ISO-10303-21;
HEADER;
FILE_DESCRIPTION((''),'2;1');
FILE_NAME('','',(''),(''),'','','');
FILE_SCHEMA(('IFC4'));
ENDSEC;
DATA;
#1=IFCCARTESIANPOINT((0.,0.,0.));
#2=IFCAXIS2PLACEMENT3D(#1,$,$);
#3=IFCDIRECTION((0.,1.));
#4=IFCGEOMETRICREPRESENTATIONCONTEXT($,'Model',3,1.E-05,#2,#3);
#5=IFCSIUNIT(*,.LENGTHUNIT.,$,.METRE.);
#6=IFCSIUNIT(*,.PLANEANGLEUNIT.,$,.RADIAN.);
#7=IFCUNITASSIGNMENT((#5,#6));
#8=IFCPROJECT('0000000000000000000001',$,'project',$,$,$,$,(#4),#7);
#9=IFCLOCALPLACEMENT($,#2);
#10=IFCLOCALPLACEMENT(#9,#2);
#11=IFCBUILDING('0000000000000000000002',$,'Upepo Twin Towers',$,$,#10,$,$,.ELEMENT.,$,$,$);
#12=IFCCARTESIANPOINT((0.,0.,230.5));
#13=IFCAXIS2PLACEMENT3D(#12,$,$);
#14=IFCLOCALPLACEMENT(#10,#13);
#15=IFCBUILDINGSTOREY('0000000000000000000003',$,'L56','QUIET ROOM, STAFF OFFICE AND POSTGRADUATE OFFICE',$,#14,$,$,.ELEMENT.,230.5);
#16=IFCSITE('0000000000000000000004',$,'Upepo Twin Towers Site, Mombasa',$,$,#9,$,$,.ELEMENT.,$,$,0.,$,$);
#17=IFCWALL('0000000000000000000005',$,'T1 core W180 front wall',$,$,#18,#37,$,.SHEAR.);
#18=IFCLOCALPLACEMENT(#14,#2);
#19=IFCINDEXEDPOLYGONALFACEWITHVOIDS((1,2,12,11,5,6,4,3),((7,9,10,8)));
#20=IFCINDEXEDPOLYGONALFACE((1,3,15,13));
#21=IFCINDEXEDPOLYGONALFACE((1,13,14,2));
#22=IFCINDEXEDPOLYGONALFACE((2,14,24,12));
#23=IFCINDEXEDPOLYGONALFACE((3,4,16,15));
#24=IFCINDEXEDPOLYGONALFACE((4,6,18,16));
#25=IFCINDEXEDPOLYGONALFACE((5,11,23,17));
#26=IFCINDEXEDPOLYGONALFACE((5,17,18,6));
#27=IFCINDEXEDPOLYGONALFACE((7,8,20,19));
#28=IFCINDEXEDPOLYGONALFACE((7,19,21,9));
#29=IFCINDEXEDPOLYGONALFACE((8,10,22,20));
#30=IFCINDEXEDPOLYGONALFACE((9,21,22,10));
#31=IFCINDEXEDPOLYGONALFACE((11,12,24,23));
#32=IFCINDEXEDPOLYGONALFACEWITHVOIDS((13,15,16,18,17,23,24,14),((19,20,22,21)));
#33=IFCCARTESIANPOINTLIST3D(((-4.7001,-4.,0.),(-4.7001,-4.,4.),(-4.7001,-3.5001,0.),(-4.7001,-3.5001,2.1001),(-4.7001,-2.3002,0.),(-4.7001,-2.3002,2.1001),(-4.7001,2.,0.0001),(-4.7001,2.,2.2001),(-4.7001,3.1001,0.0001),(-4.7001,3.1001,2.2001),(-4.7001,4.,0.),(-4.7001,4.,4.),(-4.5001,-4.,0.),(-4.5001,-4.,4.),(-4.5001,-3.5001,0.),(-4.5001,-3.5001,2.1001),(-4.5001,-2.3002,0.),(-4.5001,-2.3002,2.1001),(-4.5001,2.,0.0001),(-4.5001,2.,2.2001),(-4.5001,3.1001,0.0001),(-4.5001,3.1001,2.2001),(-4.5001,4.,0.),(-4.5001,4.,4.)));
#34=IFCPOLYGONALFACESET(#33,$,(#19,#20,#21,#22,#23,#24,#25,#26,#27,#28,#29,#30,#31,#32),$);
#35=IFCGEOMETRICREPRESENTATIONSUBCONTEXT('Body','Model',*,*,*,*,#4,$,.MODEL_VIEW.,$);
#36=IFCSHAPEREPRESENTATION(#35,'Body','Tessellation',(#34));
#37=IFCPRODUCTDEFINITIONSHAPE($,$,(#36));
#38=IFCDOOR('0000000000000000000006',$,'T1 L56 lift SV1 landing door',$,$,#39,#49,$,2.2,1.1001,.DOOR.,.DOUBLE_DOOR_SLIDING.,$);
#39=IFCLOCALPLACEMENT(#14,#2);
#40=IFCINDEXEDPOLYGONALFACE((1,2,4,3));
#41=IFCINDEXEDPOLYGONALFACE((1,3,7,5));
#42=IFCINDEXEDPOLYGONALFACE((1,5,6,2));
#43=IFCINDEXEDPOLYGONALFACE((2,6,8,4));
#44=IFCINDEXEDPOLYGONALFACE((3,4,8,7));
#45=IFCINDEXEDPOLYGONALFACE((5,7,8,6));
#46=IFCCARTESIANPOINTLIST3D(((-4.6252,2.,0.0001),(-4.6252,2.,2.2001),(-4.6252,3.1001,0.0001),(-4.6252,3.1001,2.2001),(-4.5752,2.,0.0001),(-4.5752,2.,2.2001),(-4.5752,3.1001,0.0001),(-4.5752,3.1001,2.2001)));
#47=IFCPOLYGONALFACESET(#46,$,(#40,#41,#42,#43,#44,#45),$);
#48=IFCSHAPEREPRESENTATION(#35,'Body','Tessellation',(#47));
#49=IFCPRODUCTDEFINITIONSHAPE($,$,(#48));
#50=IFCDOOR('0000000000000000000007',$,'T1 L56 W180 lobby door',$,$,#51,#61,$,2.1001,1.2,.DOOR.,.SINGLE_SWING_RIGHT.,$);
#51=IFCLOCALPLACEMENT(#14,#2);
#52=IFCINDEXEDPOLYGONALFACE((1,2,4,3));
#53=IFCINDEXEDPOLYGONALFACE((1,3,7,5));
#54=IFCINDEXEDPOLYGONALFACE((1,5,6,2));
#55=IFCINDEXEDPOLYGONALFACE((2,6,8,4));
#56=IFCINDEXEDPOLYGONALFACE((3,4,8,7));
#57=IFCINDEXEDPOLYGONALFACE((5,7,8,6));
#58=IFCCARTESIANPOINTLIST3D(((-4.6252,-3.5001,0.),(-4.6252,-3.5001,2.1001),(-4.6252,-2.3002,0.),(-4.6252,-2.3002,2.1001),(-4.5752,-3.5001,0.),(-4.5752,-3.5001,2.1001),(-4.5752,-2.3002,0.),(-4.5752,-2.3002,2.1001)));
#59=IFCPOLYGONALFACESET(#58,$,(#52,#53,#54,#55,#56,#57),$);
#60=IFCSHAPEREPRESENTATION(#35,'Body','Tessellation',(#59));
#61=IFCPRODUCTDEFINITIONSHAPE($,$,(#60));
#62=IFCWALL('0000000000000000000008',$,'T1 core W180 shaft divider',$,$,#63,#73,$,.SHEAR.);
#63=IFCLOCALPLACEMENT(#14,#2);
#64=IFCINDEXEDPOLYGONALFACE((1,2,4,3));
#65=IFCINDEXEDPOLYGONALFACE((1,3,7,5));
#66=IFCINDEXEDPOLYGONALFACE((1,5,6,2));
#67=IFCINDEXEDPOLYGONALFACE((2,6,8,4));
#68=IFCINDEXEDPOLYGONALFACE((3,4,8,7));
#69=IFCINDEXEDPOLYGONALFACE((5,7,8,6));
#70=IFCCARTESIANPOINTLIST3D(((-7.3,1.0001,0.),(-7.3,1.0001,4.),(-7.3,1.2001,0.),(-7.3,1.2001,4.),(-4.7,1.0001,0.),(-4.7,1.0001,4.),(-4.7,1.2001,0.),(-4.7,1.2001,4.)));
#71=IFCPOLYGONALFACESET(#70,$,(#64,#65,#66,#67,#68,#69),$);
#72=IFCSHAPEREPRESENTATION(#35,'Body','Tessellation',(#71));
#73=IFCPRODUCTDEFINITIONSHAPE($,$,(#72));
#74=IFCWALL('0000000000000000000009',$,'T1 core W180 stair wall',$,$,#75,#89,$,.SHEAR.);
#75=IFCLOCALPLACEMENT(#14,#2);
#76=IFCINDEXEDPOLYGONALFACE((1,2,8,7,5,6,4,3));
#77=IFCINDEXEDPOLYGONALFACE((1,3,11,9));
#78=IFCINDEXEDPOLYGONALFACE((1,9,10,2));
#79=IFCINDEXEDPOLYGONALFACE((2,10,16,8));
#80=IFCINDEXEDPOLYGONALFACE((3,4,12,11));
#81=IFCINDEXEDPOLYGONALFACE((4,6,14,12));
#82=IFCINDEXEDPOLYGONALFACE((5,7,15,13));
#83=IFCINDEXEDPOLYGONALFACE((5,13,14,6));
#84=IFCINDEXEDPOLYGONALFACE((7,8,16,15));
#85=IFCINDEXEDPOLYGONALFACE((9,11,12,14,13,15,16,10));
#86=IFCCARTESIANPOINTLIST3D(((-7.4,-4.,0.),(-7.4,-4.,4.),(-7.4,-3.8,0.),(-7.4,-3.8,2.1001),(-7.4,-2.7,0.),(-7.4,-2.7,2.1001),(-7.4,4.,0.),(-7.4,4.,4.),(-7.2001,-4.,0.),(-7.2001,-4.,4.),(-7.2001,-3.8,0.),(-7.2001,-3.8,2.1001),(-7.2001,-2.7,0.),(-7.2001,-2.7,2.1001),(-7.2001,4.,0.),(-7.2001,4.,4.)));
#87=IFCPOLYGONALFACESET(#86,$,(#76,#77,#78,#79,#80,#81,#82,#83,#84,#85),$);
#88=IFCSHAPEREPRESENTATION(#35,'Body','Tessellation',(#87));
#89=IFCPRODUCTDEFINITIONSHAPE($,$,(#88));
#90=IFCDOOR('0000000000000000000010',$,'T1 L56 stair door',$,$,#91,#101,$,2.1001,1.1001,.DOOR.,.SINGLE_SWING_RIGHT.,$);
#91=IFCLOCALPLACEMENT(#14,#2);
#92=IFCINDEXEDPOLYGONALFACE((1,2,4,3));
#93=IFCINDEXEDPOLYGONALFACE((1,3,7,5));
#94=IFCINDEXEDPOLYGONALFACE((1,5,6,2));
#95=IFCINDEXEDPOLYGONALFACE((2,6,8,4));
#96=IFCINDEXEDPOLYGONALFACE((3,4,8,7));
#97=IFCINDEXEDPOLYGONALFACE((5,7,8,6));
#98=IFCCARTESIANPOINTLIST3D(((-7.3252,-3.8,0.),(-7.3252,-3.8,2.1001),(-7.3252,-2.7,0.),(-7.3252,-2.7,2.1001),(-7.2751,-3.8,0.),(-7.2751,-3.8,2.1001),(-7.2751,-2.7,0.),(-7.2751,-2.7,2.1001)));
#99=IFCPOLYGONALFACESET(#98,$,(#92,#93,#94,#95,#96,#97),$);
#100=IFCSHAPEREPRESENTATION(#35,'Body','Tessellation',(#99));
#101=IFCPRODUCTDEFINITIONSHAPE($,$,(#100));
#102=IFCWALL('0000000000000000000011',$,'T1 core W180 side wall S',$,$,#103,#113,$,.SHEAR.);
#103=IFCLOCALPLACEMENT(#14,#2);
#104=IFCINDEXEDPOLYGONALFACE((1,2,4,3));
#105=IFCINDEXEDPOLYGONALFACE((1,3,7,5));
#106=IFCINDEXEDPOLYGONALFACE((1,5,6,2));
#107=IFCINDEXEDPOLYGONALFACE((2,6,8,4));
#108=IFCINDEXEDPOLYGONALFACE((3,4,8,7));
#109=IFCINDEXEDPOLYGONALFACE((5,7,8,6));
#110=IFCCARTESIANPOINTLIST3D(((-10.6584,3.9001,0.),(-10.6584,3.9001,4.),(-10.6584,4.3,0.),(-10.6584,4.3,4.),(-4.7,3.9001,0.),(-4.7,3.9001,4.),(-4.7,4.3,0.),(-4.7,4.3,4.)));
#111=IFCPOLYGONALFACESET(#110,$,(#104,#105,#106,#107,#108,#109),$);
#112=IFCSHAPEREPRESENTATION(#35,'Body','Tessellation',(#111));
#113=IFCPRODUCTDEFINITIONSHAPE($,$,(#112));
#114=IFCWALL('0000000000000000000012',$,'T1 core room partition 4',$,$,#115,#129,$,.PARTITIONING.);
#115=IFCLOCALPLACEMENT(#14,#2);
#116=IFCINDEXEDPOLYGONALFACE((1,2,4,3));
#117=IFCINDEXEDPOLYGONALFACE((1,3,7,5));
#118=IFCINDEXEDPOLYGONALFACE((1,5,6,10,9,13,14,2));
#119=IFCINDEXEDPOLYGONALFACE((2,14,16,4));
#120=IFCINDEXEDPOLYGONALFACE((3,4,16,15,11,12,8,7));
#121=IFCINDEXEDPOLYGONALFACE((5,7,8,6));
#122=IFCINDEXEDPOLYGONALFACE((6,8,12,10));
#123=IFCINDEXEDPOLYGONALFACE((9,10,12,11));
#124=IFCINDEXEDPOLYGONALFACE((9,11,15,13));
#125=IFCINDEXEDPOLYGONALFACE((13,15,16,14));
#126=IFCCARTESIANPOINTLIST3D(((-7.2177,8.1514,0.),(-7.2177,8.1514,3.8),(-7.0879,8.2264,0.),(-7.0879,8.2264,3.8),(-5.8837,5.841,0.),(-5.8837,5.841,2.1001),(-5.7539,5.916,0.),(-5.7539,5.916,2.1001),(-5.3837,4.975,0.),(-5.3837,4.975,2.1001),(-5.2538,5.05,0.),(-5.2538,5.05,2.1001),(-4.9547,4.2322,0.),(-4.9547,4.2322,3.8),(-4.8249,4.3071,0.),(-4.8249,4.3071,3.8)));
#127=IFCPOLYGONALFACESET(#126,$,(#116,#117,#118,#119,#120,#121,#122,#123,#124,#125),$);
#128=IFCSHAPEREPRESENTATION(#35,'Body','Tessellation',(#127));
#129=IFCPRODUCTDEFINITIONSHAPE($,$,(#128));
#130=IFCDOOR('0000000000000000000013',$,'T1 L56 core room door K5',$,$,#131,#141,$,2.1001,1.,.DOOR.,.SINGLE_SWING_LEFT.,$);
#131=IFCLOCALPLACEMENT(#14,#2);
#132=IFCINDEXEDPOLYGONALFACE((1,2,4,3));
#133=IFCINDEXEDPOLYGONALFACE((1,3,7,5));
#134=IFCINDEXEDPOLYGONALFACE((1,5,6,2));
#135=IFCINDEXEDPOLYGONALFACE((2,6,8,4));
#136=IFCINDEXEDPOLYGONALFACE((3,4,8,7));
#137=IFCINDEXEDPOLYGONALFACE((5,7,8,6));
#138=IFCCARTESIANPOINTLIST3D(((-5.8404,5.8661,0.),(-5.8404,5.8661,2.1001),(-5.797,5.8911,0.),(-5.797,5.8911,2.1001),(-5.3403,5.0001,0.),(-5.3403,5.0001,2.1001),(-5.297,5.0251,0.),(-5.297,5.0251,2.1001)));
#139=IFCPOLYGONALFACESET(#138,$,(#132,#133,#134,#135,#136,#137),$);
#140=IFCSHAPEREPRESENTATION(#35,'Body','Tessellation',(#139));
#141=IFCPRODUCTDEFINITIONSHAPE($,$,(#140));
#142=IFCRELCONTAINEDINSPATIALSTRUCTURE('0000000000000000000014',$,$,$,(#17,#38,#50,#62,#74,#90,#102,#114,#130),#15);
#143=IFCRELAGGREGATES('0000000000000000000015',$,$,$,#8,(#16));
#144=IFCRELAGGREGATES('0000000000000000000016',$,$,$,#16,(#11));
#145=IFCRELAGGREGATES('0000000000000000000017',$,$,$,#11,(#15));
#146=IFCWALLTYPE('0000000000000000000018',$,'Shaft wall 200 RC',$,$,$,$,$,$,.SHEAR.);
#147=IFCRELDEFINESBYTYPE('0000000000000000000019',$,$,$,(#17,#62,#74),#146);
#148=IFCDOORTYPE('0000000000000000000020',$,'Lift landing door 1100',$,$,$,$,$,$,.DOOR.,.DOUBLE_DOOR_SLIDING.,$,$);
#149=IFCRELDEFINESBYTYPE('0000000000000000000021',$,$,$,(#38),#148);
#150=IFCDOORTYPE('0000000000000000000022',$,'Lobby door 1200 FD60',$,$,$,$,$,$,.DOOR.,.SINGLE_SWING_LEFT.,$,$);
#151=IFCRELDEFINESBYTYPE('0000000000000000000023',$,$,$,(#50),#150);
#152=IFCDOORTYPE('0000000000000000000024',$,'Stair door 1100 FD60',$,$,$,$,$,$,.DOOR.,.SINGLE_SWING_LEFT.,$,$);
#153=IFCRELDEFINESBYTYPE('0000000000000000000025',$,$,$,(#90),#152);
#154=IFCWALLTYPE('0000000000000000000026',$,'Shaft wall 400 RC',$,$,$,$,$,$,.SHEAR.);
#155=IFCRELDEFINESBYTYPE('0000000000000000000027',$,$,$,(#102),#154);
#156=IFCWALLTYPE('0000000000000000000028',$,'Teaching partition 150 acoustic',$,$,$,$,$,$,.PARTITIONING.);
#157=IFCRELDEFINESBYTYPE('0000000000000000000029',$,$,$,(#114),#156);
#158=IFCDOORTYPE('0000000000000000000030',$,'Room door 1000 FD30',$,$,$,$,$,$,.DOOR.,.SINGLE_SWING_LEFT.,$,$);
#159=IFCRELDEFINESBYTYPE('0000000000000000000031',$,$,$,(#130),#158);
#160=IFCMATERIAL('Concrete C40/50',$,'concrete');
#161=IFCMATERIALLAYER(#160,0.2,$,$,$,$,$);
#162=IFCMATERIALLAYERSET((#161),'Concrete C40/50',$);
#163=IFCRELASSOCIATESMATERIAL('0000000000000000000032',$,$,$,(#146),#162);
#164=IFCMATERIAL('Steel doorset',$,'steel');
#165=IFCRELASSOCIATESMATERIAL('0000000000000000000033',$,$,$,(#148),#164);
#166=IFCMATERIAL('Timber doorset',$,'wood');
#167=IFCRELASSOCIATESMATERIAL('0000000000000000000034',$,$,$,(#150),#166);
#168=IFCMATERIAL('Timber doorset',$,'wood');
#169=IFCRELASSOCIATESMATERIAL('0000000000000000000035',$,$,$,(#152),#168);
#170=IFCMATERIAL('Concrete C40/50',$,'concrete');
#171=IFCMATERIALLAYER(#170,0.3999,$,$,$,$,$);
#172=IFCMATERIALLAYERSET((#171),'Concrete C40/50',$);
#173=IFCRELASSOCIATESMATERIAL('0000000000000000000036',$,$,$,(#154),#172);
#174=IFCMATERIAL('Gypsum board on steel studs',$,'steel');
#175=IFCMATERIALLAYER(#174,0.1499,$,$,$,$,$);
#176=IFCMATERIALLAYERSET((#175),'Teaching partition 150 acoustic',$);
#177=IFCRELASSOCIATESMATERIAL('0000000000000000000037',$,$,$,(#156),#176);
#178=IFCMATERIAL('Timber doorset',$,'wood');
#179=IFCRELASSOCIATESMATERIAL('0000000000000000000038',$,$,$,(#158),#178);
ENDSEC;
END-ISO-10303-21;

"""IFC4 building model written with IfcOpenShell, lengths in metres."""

from ifc_helpers import new_model, si_unit, direction, frame, frame_2d, origin, place, context, subcontext, project, spatial, rectangle, extrude, material, layer, layer_set, type_object, element, fill, save


model = new_model("IFC4")

# Units and contexts
model_context = context("Model", 3, precision=1e-05, world=origin(), true_north=direction((0.0, 1.0)))
body_context = subcontext(model_context, "Body", "Model", "MODEL_VIEW")
ifc_project = project(units=[si_unit("LENGTHUNIT", "METRE"), si_unit("PLANEANGLEUNIT", "RADIAN")], contexts=[model_context])

# Site, building, storey
site_placement = place(None, origin())
site = spatial("IfcSite", under=ifc_project, at=site_placement, Name="Upepo Twin Towers Site, Mombasa", CompositionType="ELEMENT", RefElevation=0.0)
building_placement = place(site_placement, origin())
building = spatial("IfcBuilding", under=site, at=building_placement, Name="Upepo Twin Towers", CompositionType="ELEMENT")
storey_placement = place(building_placement, frame((0.0, 0.0, 230.5)))
storey = spatial("IfcBuildingStorey", under=building, at=storey_placement, Name="L56", Description="QUIET ROOM, STAFF OFFICE AND POSTGRADUATE OFFICE", CompositionType="ELEMENT", Elevation=230.5)

# Wall, openings, doors
ifc_material_1 = material(Name="Concrete C40/50", Category="concrete")
ifc_layer_1 = layer(ifc_material_1, 0.2)
ifc_layer_set_1 = layer_set([ifc_layer_1], Name="Concrete C40/50")
wall_type_1 = type_object("IfcWallType", Name="Shaft wall 200 RC", PredefinedType="SHEAR", material=ifc_layer_set_1)
wall_1_placement = place(storey_placement, frame((-4.6001, 4.0, 0.0), z_axis=(0.0, 0.0, 1.0), x_axis=(0.0, -1.0, 0.0)))
wall_1 = element("IfcWall", 1, at=wall_1_placement, inside=storey, type_object=wall_type_1, Name="T1 core W180 front wall", PredefinedType="SHEAR", context=body_context, shape_type="SweptSolid", body=[
    extrude(rectangle(XDim=8.0, YDim=0.2, at=frame_2d((4.0, 0.0))), origin(), (0.0, 0.0, 1.0), 4.0),
])
opening_1_placement = place(wall_1_placement, frame((6.3, 0.0, 0.0)))
opening_1 = element("IfcOpeningElement", 2, at=opening_1_placement, cuts=wall_1, PredefinedType="OPENING", context=body_context, shape_type="SweptSolid", body=[
    extrude(rectangle(XDim=1.2, YDim=2.1001, at=frame_2d((0.6001, 1.05))), frame((0.0, 0.1099, 0.0), z_axis=(0.0, -1.0, 0.0), x_axis=(1.0, 0.0, 0.0)), (0.0, 0.0, 1.0), 0.22),
])
opening_2_placement = place(wall_1_placement, frame((0.8999, 0.0, 0.0)))
opening_2 = element("IfcOpeningElement", 3, at=opening_2_placement, cuts=wall_1, PredefinedType="OPENING", context=body_context, shape_type="SweptSolid", body=[
    extrude(rectangle(XDim=1.1001, YDim=2.2, at=frame_2d((0.55, 1.1001))), frame((0.0, 0.1099, 0.0), z_axis=(0.0, -1.0, 0.0), x_axis=(1.0, 0.0, 0.0)), (0.0, 0.0, 1.0), 0.22),
])
ifc_material_2 = material(Name="Steel doorset", Category="steel")
door_type_1 = type_object("IfcDoorType", Name="Lift landing door 1100", OperationType="DOUBLE_DOOR_SLIDING", PredefinedType="DOOR", material=ifc_material_2)
door_1_placement = place(opening_2_placement, origin())
door_1 = element("IfcDoor", 4, at=door_1_placement, inside=storey, type_object=door_type_1, Name="T1 L56 lift SV1 landing door", OperationType="DOUBLE_DOOR_SLIDING", OverallHeight=2.2, OverallWidth=1.1001, PredefinedType="DOOR", context=body_context, shape_type="SweptSolid", body=[
    extrude(rectangle(XDim=1.1001, YDim=2.2, at=frame_2d((0.55, 1.1001))), frame((0.0, 0.0249, 0.0), z_axis=(0.0, -1.0, 0.0), x_axis=(1.0, 0.0, 0.0)), (0.0, 0.0, 1.0), 0.05),
])
fill(opening_2, door_1)
ifc_material_3 = material(Name="Timber doorset", Category="wood")
door_type_2 = type_object("IfcDoorType", Name="Lobby door 1200 FD60", OperationType="SINGLE_SWING_LEFT", PredefinedType="DOOR", material=ifc_material_3)
door_2_placement = place(opening_1_placement, origin())
door_2 = element("IfcDoor", 5, at=door_2_placement, inside=storey, type_object=door_type_2, Name="T1 L56 W180 lobby door", OperationType="SINGLE_SWING_RIGHT", OverallHeight=2.1001, OverallWidth=1.2, PredefinedType="DOOR", context=body_context, shape_type="SweptSolid", body=[
    extrude(rectangle(XDim=1.2, YDim=2.1001, at=frame_2d((0.6001, 1.05))), frame((0.0, 0.0249, 0.0), z_axis=(0.0, -1.0, 0.0), x_axis=(1.0, 0.0, 0.0)), (0.0, 0.0, 1.0), 0.05),
])
fill(opening_1, door_2)

# Wall
wall_2_placement = place(storey_placement, frame((-4.7, 1.1001, 0.0), z_axis=(0.0, 0.0, 1.0), x_axis=(-1.0, 0.0, 0.0)))
element("IfcWall", 6, at=wall_2_placement, inside=storey, type_object=wall_type_1, Name="T1 core W180 shaft divider", PredefinedType="SHEAR", context=body_context, shape_type="SweptSolid", body=[
    extrude(rectangle(XDim=2.6001, YDim=0.2, at=frame_2d((1.3, 0.0))), origin(), (0.0, 0.0, 1.0), 4.0),
])

# Wall, opening, door
wall_3_placement = place(storey_placement, frame((-7.3, 4.0, 0.0), z_axis=(0.0, 0.0, 1.0), x_axis=(0.0, -1.0, 0.0)))
wall_3 = element("IfcWall", 7, at=wall_3_placement, inside=storey, type_object=wall_type_1, Name="T1 core W180 stair wall", PredefinedType="SHEAR", context=body_context, shape_type="SweptSolid", body=[
    extrude(rectangle(XDim=8.0, YDim=0.2, at=frame_2d((4.0, 0.0))), origin(), (0.0, 0.0, 1.0), 4.0),
])
opening_3_placement = place(wall_3_placement, frame((6.7, 0.0, 0.0)))
opening_3 = element("IfcOpeningElement", 8, at=opening_3_placement, cuts=wall_3, PredefinedType="OPENING", context=body_context, shape_type="SweptSolid", body=[
    extrude(rectangle(XDim=1.1001, YDim=2.1001, at=frame_2d((0.55, 1.05))), frame((0.0, 0.1099, 0.0), z_axis=(0.0, -1.0, 0.0), x_axis=(1.0, 0.0, 0.0)), (0.0, 0.0, 1.0), 0.22),
])
ifc_material_4 = material(Name="Timber doorset", Category="wood")
door_type_3 = type_object("IfcDoorType", Name="Stair door 1100 FD60", OperationType="SINGLE_SWING_LEFT", PredefinedType="DOOR", material=ifc_material_4)
door_3_placement = place(opening_3_placement, origin())
door_3 = element("IfcDoor", 9, at=door_3_placement, inside=storey, type_object=door_type_3, Name="T1 L56 stair door", OperationType="SINGLE_SWING_RIGHT", OverallHeight=2.1001, OverallWidth=1.1001, PredefinedType="DOOR", context=body_context, shape_type="SweptSolid", body=[
    extrude(rectangle(XDim=1.1001, YDim=2.1001, at=frame_2d((0.55, 1.05))), frame((0.0, 0.0249, 0.0), z_axis=(0.0, -1.0, 0.0), x_axis=(1.0, 0.0, 0.0)), (0.0, 0.0, 1.0), 0.05),
])
fill(opening_3, door_3)

# Wall
ifc_material_5 = material(Name="Concrete C40/50", Category="concrete")
ifc_layer_2 = layer(ifc_material_5, 0.3999)
ifc_layer_set_2 = layer_set([ifc_layer_2], Name="Concrete C40/50")
wall_type_2 = type_object("IfcWallType", Name="Shaft wall 400 RC", PredefinedType="SHEAR", material=ifc_layer_set_2)
wall_4_placement = place(storey_placement, frame((-4.7, 4.1001, 0.0), z_axis=(0.0, 0.0, 1.0), x_axis=(-1.0, 0.0, 0.0)))
element("IfcWall", 10, at=wall_4_placement, inside=storey, type_object=wall_type_2, Name="T1 core W180 side wall S", PredefinedType="SHEAR", context=body_context, shape_type="SweptSolid", body=[
    extrude(rectangle(XDim=5.9585, YDim=0.3999, at=frame_2d((2.9792, 0.0))), origin(), (0.0, 0.0, 1.0), 4.0),
])

# Wall, opening, door
ifc_material_6 = material(Name="Gypsum board on steel studs", Category="steel")
ifc_layer_3 = layer(ifc_material_6, 0.1499)
ifc_layer_set_3 = layer_set([ifc_layer_3], Name="Teaching partition 150 acoustic")
wall_type_3 = type_object("IfcWallType", Name="Teaching partition 150 acoustic", PredefinedType="PARTITIONING", material=ifc_layer_set_3)
wall_5_placement = place(storey_placement, frame((-4.8899, 4.2698, 0.0), z_axis=(0.0, 0.0, 1.0), x_axis=(-0.500032, 0.866007, 0.0)))
wall_5 = element("IfcWall", 11, at=wall_5_placement, inside=storey, type_object=wall_type_3, Name="T1 core room partition 4", PredefinedType="PARTITIONING", context=body_context, shape_type="SweptSolid", body=[
    extrude(rectangle(XDim=4.5256, YDim=0.1499, at=frame_2d((2.2627, 0.0))), origin(), (0.0, 0.0, 1.0), 3.8),
])
opening_4_placement = place(wall_5_placement, frame((0.8577, 0.0, 0.0)))
opening_4 = element("IfcOpeningElement", 12, at=opening_4_placement, cuts=wall_5, PredefinedType="OPENING", context=body_context, shape_type="SweptSolid", body=[
    extrude(rectangle(XDim=1.0, YDim=2.1001, at=frame_2d((0.5, 1.05))), frame((0.0, 0.085, 0.0), z_axis=(0.0, -1.0, 0.0), x_axis=(1.0, 0.0, 0.0)), (0.0, 0.0, 1.0), 0.1699),
])
ifc_material_7 = material(Name="Timber doorset", Category="wood")
door_type_4 = type_object("IfcDoorType", Name="Room door 1000 FD30", OperationType="SINGLE_SWING_LEFT", PredefinedType="DOOR", material=ifc_material_7)
door_4_placement = place(opening_4_placement, origin())
door_4 = element("IfcDoor", 13, at=door_4_placement, inside=storey, type_object=door_type_4, Name="T1 L56 core room door K5", OperationType="SINGLE_SWING_LEFT", OverallHeight=2.1001, OverallWidth=1.0, PredefinedType="DOOR", context=body_context, shape_type="SweptSolid", body=[
    extrude(rectangle(XDim=1.0, YDim=2.1001, at=frame_2d((0.5, 1.05))), frame((0.0, 0.0249, 0.0), z_axis=(0.0, -1.0, 0.0), x_axis=(1.0, 0.0, 0.0)), (0.0, 0.0, 1.0), 0.05),
])
fill(opening_4, door_4)

save(model, "model.ifc")
